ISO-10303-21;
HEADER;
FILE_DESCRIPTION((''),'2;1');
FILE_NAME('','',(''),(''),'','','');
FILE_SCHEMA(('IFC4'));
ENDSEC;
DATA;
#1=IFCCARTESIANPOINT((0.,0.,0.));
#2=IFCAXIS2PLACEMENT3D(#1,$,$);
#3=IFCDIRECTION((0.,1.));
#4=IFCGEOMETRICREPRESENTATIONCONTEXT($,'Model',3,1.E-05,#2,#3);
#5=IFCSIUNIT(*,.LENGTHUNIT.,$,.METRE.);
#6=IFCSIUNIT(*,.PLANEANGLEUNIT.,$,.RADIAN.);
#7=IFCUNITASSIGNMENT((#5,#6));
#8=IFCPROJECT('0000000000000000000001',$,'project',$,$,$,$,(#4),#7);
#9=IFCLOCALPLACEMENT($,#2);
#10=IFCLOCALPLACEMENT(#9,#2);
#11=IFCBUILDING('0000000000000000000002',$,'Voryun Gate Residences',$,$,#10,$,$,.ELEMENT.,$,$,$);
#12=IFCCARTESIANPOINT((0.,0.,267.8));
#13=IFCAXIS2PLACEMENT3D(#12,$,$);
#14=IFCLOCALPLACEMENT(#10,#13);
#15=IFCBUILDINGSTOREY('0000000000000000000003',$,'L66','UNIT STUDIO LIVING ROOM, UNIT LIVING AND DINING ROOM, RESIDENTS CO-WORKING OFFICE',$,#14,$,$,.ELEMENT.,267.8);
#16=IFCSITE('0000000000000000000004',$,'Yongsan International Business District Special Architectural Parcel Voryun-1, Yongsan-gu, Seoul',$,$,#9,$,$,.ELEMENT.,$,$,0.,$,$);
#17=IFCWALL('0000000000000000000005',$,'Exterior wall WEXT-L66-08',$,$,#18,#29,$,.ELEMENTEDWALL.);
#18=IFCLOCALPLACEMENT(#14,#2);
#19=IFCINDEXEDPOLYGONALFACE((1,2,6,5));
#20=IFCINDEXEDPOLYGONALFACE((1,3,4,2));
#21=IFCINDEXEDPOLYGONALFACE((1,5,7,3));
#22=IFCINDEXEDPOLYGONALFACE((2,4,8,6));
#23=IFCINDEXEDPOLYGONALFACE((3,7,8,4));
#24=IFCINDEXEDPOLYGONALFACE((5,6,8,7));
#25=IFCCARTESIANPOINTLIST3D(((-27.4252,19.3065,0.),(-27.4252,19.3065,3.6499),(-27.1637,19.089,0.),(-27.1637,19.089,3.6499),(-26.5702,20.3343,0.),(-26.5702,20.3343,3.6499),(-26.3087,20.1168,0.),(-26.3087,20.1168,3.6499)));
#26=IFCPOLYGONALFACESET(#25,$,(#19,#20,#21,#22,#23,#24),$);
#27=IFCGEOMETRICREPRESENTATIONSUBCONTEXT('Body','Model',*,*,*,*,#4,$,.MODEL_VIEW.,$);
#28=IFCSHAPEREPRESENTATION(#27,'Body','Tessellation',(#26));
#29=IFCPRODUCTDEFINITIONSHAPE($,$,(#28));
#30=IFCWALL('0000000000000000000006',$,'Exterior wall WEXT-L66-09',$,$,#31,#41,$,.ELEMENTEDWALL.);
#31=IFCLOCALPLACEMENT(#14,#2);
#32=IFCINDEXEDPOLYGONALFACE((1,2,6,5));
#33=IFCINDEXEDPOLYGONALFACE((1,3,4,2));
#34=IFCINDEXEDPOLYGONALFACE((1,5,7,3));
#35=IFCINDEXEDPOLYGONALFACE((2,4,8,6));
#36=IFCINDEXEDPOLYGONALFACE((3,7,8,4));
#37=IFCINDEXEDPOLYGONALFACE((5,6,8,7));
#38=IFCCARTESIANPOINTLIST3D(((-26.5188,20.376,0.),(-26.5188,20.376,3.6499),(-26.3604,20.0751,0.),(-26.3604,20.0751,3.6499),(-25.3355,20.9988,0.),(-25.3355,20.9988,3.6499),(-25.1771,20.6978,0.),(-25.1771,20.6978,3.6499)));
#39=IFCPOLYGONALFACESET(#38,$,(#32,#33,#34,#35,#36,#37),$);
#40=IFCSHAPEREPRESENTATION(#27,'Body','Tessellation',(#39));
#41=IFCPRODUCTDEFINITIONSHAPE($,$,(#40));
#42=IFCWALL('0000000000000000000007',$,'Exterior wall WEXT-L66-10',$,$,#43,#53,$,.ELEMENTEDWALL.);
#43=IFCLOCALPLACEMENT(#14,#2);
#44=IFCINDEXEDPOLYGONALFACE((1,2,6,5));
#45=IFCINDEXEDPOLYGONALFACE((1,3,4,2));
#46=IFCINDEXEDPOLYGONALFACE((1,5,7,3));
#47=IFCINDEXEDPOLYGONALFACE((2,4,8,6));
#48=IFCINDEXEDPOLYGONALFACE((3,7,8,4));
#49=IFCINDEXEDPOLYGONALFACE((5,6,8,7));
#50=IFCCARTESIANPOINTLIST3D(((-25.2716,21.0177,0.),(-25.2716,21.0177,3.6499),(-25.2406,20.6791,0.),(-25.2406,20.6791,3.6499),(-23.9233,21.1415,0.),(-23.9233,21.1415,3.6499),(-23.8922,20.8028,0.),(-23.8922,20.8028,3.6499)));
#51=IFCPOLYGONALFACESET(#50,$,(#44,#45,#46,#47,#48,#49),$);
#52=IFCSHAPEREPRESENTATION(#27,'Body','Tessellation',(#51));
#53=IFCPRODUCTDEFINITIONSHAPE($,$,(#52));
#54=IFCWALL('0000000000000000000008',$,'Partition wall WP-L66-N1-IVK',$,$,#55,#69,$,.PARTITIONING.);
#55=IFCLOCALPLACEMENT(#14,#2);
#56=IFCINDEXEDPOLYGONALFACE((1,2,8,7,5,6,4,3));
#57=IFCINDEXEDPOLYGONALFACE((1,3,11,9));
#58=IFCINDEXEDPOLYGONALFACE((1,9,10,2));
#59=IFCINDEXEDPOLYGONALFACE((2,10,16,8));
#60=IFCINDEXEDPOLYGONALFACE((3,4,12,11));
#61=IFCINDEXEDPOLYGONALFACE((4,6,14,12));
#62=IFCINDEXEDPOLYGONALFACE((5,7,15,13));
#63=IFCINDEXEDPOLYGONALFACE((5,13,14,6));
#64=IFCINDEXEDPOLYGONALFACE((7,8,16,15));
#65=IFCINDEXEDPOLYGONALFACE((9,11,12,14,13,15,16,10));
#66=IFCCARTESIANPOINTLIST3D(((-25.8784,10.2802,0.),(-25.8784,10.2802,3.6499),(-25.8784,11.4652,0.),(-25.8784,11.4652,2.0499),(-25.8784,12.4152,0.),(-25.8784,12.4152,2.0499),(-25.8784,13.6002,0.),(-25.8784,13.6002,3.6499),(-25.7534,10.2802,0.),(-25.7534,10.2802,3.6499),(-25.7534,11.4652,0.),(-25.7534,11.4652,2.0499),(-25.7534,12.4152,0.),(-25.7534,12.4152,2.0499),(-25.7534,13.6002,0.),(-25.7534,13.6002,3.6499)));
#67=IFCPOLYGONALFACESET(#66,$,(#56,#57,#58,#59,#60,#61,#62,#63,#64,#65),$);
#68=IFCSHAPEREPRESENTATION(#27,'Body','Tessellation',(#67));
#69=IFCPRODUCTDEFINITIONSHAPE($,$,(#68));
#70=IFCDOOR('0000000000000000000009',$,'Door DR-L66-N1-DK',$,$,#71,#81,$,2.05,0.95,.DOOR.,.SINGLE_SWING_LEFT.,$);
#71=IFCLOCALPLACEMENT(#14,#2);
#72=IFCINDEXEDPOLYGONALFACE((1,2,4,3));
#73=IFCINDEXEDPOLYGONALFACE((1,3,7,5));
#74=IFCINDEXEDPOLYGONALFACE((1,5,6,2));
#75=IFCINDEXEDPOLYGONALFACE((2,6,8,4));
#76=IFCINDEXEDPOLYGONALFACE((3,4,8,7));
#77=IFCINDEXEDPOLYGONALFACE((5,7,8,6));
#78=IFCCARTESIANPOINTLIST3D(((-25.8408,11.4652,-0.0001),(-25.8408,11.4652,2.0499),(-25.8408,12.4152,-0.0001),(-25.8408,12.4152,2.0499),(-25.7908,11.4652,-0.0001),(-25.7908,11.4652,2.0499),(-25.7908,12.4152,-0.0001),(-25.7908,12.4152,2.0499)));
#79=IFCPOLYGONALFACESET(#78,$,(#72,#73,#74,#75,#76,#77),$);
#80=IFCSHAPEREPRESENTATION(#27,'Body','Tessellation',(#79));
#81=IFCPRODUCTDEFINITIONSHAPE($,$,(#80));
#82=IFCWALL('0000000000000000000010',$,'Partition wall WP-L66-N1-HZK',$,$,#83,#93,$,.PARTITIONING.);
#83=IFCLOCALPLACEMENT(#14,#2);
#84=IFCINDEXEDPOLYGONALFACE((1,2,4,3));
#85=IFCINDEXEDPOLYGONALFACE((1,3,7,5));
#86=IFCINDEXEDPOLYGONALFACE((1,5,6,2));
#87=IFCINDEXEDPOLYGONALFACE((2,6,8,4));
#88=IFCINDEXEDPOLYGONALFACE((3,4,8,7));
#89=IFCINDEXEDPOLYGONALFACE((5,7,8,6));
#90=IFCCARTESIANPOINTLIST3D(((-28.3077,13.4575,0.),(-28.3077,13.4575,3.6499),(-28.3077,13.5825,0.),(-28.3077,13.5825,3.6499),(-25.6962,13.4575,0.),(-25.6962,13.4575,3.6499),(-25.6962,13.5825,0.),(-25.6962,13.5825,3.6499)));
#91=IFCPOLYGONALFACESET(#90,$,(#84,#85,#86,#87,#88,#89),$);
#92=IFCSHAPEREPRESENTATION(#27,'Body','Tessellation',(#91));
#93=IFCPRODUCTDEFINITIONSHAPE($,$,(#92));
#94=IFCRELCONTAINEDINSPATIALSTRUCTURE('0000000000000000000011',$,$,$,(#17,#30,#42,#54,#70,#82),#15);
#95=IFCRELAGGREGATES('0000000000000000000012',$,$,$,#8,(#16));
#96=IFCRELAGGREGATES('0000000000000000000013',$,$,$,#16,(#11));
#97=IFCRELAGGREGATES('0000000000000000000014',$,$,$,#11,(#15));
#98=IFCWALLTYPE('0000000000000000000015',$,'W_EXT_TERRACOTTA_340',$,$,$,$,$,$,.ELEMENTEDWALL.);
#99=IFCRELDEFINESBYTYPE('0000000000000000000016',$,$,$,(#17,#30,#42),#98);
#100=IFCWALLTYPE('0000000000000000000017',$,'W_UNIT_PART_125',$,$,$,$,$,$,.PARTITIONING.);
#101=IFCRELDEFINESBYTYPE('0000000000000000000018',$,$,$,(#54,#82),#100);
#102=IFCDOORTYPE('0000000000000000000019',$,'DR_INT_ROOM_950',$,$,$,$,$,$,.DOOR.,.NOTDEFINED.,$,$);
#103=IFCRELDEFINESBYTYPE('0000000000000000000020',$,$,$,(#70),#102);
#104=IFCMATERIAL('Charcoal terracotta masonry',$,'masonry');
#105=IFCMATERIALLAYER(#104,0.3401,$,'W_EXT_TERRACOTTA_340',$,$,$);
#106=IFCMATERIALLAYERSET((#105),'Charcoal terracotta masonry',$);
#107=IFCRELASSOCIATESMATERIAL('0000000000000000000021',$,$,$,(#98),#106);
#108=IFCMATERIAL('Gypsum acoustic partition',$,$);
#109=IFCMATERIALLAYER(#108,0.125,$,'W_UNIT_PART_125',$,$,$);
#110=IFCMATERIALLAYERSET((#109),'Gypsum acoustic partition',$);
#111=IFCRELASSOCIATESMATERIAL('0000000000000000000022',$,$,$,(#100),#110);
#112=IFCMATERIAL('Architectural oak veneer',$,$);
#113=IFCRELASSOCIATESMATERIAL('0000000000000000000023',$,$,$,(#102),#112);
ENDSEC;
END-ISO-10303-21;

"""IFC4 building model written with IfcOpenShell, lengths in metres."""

from ifc_helpers import new_model, si_unit, direction, frame, frame_2d, origin, place, context, subcontext, project, spatial, rectangle, extrude, material, layer, layer_set, type_object, element, fill, save


model = new_model("IFC4")

# Units and contexts
model_context = context("Model", 3, precision=1e-05, world=origin(), true_north=direction((0.0, 1.0)))
body_context = subcontext(model_context, "Body", "Model", "MODEL_VIEW")
ifc_project = project(units=[si_unit("LENGTHUNIT", "METRE"), si_unit("PLANEANGLEUNIT", "RADIAN")], contexts=[model_context])

# Site, building, storey
site_placement = place(None, origin())
site = spatial("IfcSite", under=ifc_project, at=site_placement, Name="Yongsan International Business District Special Architectural Parcel Voryun-1, Yongsan-gu, Seoul", CompositionType="ELEMENT", RefElevation=0.0)
building_placement = place(site_placement, origin())
building = spatial("IfcBuilding", under=site, at=building_placement, Name="Voryun Gate Residences", CompositionType="ELEMENT")
storey_placement = place(building_placement, frame((0.0, 0.0, 267.8)))
storey = spatial("IfcBuildingStorey", under=building, at=storey_placement, Name="L66", Description="UNIT STUDIO LIVING ROOM, UNIT LIVING AND DINING ROOM, RESIDENTS CO-WORKING OFFICE", CompositionType="ELEMENT", Elevation=267.8)

# Walls
ifc_material_1 = material(Name="Charcoal terracotta masonry", Category="masonry")
ifc_layer_1 = layer(ifc_material_1, 0.3401, Name="W_EXT_TERRACOTTA_340")
ifc_layer_set_1 = layer_set([ifc_layer_1], Name="Charcoal terracotta masonry")
wall_type_1 = type_object("IfcWallType", Name="W_EXT_TERRACOTTA_340", PredefinedType="ELEMENTEDWALL", material=ifc_layer_set_1)
wall_1_placement = place(storey_placement, frame((-27.2944, 19.1978, 0.0), z_axis=(0.0, 0.0, 1.0), x_axis=(0.639502, 0.76879, 0.0)))
element("IfcWall", 1, at=wall_1_placement, inside=storey, type_object=wall_type_1, Name="Exterior wall WEXT-L66-08", PredefinedType="ELEMENTEDWALL", context=body_context, shape_type="SweptSolid", body=[
    extrude(rectangle(XDim=1.3369, YDim=0.3401, at=frame_2d((0.6685, 0.0))), origin(), (0.0, 0.0, 1.0), 3.6499),
])
wall_2_placement = place(storey_placement, frame((-26.4395, 20.2256, 0.0), z_axis=(0.0, 0.0, 1.0), x_axis=(0.884922, 0.465739, 0.0)))
element("IfcWall", 2, at=wall_2_placement, inside=storey, type_object=wall_type_1, Name="Exterior wall WEXT-L66-09", PredefinedType="ELEMENTEDWALL", context=body_context, shape_type="SweptSolid", body=[
    extrude(rectangle(XDim=1.3372, YDim=0.3401, at=frame_2d((0.6685, 0.0))), origin(), (0.0, 0.0, 1.0), 3.6499),
])
wall_3_placement = place(storey_placement, frame((-25.2561, 20.8484, 0.0), z_axis=(0.0, 0.0, 1.0), x_axis=(0.995813, 0.091414, 0.0)))
element("IfcWall", 3, at=wall_3_placement, inside=storey, type_object=wall_type_1, Name="Exterior wall WEXT-L66-10", PredefinedType="ELEMENTEDWALL", context=body_context, shape_type="SweptSolid", body=[
    extrude(rectangle(XDim=1.354, YDim=0.3401, at=frame_2d((0.677, 0.0))), origin(), (0.0, 0.0, 1.0), 3.6499),
])

# Wall, opening, door
ifc_material_2 = material(Name="Gypsum acoustic partition")
ifc_layer_2 = layer(ifc_material_2, 0.125, Name="W_UNIT_PART_125")
ifc_layer_set_2 = layer_set([ifc_layer_2], Name="Gypsum acoustic partition")
wall_type_2 = type_object("IfcWallType", Name="W_UNIT_PART_125", PredefinedType="PARTITIONING", material=ifc_layer_set_2)
wall_4_placement = place(storey_placement, frame((-25.8159, 10.28, 0.0), z_axis=(0.0, 0.0, 1.0), x_axis=(0.0, 1.0, 0.0)))
wall_4 = element("IfcWall", 4, at=wall_4_placement, inside=storey, type_object=wall_type_2, Name="Partition wall WP-L66-N1-IVK", PredefinedType="PARTITIONING", context=body_context, shape_type="SweptSolid", body=[
    extrude(rectangle(XDim=3.3201, YDim=0.125, at=frame_2d((1.6602, 0.0))), origin(), (0.0, 0.0, 1.0), 3.6499),
])
opening_1_placement = place(wall_4_placement, frame((1.1851, 0.0, 0.0)))
opening_1 = element("IfcOpeningElement", 5, at=opening_1_placement, cuts=wall_4, PredefinedType="OPENING", context=body_context, shape_type="SweptSolid", body=[
    extrude(rectangle(XDim=0.95, YDim=2.05, at=frame_2d((0.4751, 1.0249))), frame((0.0, 0.0725, 0.0), z_axis=(0.0, -1.0, 0.0), x_axis=(1.0, 0.0, 0.0)), (0.0, 0.0, 1.0), 0.145),
])
ifc_material_3 = material(Name="Architectural oak veneer")
door_type_1 = type_object("IfcDoorType", Name="DR_INT_ROOM_950", OperationType="NOTDEFINED", PredefinedType="DOOR", material=ifc_material_3)
door_1_placement = place(opening_1_placement, origin())
door_1 = element("IfcDoor", 6, at=door_1_placement, inside=storey, type_object=door_type_1, Name="Door DR-L66-N1-DK", OperationType="SINGLE_SWING_LEFT", OverallHeight=2.05, OverallWidth=0.95, PredefinedType="DOOR", context=body_context, shape_type="SweptSolid", body=[
    extrude(rectangle(XDim=0.95, YDim=2.05, at=frame_2d((0.4751, 1.0249))), frame((0.0, 0.0249, 0.0), z_axis=(0.0, -1.0, 0.0), x_axis=(1.0, 0.0, 0.0)), (0.0, 0.0, 1.0), 0.05),
])
fill(opening_1, door_1)

# Wall
wall_5_placement = place(storey_placement, frame((-28.3076, 13.52, 0.0), z_axis=(0.0, 0.0, 1.0), x_axis=(1.0, 0.0, 0.0)))
element("IfcWall", 7, at=wall_5_placement, inside=storey, type_object=wall_type_2, Name="Partition wall WP-L66-N1-HZK", PredefinedType="PARTITIONING", context=body_context, shape_type="SweptSolid", body=[
    extrude(rectangle(XDim=2.6116, YDim=0.125, at=frame_2d((1.3057, 0.0))), origin(), (0.0, 0.0, 1.0), 3.6499),
])

save(model, "model.ifc")
